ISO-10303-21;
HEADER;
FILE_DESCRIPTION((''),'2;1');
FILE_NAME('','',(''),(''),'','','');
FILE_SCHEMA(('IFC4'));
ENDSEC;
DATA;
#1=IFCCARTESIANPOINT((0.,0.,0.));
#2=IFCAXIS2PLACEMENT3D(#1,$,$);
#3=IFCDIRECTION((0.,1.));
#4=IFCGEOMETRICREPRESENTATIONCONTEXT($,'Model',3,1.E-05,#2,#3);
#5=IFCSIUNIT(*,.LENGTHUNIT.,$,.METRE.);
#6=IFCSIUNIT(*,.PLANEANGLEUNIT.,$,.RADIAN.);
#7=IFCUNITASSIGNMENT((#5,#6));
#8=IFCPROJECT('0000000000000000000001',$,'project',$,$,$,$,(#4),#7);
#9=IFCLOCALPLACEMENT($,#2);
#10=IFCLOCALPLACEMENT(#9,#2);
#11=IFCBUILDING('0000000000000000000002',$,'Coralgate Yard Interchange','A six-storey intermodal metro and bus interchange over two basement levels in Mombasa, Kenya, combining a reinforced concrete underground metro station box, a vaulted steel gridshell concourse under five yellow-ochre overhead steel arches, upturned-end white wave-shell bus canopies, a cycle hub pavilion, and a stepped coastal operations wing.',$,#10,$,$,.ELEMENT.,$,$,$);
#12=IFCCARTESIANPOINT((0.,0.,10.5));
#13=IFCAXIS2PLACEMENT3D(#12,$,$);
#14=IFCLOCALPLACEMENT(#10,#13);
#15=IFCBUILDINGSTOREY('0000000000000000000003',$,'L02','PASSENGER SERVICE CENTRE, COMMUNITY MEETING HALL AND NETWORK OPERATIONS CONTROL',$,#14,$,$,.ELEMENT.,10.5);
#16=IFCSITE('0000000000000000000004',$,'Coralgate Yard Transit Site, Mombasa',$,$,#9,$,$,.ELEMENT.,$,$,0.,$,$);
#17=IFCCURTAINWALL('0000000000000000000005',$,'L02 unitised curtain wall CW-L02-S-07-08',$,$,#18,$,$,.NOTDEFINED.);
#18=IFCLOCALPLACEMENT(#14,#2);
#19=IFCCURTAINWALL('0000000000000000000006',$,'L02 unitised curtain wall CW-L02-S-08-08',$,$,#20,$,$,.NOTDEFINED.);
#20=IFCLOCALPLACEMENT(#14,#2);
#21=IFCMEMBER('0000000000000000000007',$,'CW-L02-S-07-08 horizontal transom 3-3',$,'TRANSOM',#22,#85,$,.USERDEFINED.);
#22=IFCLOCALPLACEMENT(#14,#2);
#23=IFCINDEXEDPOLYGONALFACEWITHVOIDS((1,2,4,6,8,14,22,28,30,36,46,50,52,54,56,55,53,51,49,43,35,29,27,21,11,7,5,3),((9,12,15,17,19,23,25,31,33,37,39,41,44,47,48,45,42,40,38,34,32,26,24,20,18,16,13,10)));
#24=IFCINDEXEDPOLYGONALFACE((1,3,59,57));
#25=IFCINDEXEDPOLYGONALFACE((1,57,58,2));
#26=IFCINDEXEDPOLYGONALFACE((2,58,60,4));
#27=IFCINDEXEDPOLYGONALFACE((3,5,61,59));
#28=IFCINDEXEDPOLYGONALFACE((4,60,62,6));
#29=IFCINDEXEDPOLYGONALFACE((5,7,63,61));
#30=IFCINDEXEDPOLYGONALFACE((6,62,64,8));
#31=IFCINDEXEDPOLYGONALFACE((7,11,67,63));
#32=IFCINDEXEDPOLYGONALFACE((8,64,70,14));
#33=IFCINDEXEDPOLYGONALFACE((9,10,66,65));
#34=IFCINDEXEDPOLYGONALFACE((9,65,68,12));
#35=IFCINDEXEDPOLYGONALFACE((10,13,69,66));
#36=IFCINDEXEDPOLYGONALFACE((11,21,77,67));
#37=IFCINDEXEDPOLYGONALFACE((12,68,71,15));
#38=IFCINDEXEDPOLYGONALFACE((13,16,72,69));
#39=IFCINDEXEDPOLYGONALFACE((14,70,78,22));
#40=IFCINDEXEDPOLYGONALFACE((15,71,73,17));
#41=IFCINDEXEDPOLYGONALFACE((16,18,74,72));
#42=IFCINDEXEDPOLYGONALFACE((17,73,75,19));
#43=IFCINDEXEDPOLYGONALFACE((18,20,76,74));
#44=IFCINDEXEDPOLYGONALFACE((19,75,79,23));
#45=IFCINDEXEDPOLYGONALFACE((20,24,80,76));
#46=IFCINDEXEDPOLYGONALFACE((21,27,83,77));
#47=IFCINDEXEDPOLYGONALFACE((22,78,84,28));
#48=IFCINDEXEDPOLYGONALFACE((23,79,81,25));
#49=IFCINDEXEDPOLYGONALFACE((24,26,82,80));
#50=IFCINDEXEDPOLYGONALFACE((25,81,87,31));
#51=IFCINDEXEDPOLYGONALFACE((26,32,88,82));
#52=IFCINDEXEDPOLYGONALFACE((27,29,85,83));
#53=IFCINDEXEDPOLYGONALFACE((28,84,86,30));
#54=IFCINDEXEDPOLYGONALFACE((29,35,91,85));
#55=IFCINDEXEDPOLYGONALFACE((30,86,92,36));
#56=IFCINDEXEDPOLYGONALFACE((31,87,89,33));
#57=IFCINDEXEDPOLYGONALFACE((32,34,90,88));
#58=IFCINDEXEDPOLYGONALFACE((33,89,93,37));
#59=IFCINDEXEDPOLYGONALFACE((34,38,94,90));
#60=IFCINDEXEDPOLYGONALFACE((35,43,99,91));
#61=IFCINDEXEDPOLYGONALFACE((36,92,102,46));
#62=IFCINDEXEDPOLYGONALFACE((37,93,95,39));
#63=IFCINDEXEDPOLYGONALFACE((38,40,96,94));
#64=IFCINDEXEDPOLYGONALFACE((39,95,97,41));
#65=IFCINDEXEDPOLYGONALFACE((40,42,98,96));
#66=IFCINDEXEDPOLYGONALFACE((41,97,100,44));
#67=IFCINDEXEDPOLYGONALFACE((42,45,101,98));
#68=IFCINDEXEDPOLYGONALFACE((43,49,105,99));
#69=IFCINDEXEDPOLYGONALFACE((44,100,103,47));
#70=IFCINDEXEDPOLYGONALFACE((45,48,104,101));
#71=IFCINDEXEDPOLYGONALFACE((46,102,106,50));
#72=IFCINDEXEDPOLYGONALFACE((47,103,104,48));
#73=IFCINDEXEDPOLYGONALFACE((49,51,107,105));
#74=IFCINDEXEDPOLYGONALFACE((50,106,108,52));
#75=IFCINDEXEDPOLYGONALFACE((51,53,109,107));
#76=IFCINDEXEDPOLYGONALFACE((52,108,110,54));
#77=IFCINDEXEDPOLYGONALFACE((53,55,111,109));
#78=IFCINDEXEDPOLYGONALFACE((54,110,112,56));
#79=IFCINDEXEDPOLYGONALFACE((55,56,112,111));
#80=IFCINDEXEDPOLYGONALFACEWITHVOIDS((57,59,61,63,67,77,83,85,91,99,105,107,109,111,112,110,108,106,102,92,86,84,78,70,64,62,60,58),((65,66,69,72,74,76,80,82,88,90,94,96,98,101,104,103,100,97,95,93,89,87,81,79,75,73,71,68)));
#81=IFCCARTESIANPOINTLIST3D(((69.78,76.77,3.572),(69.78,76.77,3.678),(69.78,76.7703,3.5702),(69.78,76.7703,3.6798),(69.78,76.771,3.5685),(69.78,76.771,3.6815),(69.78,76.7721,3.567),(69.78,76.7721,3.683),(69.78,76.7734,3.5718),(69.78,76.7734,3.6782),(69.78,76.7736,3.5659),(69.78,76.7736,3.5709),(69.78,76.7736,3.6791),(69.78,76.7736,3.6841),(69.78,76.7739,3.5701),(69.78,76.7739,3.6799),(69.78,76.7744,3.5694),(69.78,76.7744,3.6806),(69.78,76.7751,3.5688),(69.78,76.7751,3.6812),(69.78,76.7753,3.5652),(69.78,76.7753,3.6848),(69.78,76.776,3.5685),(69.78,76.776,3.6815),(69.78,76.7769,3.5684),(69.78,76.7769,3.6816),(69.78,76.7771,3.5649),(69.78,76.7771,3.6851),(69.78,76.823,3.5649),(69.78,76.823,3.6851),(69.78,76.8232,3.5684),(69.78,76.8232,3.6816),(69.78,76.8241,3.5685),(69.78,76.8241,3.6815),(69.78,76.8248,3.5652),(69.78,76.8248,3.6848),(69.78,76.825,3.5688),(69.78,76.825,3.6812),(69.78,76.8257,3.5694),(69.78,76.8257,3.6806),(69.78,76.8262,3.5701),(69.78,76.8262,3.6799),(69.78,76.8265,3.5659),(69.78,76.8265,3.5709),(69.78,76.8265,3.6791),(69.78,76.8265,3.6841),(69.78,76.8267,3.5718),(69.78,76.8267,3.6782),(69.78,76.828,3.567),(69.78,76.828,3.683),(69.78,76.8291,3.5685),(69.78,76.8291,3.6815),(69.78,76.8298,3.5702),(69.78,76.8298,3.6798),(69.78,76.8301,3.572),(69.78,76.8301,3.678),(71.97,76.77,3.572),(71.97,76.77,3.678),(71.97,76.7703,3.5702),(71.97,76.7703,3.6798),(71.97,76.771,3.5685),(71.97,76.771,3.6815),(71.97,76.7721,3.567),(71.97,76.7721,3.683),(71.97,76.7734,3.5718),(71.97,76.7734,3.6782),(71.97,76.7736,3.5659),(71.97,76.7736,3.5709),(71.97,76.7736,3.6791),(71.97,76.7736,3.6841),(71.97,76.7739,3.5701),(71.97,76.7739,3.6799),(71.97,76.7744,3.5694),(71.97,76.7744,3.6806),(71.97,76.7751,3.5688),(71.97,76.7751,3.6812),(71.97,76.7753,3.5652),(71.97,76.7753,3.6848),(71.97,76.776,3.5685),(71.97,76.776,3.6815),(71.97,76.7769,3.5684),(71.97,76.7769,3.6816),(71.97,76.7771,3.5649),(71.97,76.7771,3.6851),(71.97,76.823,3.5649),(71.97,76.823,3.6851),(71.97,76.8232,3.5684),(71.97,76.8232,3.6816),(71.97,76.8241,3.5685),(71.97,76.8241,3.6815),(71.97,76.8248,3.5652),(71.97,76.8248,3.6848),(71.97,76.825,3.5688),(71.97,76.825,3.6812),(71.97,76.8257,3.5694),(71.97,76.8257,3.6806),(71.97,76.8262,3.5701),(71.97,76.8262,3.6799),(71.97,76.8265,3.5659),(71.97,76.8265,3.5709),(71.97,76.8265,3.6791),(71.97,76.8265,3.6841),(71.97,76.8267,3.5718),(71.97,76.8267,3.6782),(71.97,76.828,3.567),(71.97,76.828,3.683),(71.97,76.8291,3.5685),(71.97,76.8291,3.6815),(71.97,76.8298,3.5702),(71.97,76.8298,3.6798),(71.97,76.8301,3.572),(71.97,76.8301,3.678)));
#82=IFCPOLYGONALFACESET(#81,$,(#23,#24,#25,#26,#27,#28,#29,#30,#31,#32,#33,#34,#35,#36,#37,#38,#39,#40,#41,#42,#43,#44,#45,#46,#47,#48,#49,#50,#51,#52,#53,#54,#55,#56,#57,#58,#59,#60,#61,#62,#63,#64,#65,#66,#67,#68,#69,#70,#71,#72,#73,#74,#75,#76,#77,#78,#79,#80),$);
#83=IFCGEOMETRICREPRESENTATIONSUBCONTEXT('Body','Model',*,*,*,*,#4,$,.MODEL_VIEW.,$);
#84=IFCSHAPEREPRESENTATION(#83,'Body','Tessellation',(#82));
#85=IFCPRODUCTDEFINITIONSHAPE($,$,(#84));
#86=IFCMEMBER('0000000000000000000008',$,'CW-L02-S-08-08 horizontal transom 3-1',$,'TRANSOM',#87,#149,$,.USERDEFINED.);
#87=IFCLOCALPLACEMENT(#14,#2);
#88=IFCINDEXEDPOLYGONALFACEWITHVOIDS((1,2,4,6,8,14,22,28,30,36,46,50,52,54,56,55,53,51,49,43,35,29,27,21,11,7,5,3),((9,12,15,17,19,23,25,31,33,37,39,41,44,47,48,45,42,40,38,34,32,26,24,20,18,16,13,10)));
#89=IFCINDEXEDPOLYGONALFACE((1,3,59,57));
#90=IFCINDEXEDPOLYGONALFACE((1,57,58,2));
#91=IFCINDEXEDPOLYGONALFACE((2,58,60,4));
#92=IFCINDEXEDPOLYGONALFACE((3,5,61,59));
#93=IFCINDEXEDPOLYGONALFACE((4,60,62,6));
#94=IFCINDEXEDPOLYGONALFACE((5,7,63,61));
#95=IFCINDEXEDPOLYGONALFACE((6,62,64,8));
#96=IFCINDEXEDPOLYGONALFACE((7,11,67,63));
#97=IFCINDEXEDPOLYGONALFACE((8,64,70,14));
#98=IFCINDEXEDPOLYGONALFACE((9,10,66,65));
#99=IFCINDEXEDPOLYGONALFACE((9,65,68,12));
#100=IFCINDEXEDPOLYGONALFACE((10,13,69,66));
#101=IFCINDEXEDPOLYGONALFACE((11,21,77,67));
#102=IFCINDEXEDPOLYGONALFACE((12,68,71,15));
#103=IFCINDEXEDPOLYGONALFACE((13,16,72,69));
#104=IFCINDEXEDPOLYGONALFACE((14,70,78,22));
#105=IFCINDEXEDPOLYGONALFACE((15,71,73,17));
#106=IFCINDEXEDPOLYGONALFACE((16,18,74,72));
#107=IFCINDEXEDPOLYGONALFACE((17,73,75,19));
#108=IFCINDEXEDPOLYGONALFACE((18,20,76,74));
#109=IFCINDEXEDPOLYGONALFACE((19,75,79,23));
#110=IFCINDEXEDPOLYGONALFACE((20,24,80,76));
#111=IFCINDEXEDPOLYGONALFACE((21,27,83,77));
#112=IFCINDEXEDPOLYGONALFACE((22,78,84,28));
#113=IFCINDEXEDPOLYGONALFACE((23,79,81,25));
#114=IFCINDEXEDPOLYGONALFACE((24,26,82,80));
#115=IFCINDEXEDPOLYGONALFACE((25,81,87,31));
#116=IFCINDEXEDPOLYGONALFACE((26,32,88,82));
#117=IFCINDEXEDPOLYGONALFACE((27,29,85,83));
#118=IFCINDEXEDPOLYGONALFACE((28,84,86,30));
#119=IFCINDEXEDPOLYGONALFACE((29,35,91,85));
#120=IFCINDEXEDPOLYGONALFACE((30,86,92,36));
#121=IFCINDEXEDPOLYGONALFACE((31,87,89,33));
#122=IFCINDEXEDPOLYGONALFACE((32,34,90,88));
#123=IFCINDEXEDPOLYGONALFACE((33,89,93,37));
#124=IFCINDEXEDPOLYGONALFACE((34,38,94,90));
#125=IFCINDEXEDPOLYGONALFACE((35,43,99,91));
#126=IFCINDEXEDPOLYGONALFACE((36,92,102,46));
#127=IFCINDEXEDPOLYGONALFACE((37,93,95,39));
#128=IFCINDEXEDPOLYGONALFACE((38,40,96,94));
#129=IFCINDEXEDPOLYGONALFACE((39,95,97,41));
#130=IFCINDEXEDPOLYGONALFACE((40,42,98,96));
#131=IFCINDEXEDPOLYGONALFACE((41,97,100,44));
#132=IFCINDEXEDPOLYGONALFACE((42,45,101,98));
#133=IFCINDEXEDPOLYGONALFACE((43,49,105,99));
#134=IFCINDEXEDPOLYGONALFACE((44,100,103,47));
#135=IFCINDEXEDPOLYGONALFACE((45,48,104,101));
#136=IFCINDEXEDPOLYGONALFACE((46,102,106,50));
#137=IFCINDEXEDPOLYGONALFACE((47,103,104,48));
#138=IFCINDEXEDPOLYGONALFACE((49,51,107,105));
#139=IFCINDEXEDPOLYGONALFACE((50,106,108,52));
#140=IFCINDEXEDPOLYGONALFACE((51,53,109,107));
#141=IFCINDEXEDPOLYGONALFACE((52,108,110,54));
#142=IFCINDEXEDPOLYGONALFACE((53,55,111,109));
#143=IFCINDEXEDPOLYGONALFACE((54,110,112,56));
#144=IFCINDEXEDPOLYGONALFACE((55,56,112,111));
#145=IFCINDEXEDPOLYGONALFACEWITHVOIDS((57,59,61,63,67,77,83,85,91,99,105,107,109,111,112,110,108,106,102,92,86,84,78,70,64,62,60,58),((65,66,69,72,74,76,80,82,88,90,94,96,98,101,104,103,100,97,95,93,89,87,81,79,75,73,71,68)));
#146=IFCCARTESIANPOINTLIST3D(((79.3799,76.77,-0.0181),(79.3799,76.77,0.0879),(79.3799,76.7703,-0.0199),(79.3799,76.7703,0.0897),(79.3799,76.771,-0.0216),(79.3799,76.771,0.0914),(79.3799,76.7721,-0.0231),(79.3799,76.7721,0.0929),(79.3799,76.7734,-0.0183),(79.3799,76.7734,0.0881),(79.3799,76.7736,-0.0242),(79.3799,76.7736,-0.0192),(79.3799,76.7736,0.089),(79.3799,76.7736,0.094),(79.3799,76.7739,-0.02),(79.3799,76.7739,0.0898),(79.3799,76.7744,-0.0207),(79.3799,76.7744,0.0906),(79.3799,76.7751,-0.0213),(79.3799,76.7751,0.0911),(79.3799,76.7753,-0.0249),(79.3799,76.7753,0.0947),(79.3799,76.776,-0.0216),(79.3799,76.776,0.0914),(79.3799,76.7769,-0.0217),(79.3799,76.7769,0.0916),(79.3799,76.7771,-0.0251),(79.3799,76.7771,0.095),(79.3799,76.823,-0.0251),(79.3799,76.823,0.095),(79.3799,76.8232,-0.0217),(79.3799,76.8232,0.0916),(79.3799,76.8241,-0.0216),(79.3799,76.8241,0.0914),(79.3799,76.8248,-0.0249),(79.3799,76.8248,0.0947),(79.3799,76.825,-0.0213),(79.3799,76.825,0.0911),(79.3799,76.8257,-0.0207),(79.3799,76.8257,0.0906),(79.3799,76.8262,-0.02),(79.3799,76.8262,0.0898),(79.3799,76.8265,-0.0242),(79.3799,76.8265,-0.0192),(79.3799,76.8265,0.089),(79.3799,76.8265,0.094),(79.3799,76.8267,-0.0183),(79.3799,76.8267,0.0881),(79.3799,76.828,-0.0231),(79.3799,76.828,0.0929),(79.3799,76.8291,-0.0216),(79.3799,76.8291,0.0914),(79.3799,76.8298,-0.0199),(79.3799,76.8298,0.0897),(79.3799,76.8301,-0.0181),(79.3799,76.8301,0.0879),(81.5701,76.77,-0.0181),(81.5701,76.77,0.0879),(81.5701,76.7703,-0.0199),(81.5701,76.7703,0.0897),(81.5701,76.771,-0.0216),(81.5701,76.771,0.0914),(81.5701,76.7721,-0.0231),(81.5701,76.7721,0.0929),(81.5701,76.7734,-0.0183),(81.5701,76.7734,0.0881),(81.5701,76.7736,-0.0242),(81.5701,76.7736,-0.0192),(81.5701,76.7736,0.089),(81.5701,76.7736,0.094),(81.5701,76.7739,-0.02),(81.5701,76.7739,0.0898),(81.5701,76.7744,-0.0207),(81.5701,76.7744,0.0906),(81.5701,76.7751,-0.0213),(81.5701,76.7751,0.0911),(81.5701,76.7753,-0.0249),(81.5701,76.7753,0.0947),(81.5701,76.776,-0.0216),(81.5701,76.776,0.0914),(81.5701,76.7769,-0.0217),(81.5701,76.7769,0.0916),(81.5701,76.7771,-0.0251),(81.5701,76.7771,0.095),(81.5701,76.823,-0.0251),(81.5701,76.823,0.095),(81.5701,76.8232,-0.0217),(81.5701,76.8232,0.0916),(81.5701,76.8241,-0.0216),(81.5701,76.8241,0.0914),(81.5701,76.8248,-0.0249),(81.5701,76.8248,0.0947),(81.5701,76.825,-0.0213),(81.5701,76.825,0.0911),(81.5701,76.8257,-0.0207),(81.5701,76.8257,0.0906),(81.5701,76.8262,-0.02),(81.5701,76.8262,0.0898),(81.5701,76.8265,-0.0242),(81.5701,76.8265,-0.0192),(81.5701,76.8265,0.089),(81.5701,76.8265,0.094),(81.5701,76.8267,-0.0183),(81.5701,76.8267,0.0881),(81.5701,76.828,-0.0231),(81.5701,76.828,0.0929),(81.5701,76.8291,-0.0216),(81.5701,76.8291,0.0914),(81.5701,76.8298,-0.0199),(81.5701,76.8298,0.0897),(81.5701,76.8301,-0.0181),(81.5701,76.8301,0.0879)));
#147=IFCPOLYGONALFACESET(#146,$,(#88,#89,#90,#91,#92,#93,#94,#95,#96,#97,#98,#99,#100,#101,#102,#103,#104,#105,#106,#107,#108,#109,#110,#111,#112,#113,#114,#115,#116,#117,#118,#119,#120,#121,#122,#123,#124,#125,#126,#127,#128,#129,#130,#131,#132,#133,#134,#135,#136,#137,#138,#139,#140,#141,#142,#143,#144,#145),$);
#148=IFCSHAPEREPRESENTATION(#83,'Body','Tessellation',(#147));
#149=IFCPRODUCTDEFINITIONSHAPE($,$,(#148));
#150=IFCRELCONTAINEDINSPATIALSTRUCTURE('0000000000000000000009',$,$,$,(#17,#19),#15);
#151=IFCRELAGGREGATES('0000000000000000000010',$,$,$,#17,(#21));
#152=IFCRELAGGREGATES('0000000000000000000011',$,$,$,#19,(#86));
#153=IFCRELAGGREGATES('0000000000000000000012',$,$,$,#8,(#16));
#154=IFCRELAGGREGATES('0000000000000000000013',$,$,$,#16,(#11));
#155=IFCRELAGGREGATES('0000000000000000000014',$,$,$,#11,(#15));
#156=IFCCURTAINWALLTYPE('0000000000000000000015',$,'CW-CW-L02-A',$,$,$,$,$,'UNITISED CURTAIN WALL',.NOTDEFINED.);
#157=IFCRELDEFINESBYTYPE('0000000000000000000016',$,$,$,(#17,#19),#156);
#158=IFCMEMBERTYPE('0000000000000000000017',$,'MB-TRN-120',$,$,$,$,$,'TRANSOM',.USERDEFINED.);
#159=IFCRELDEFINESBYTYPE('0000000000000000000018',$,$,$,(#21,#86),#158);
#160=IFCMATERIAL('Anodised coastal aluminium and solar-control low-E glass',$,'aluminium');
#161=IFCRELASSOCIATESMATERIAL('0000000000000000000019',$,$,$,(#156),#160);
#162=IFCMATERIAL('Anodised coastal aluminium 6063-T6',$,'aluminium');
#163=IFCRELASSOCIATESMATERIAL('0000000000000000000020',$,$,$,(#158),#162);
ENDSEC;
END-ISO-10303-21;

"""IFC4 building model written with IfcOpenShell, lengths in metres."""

from ifc_helpers import new_model, si_unit, direction, frame, origin, origin_2d, place, context, subcontext, project, spatial, hollow_rectangle, extrude, material, material_profile, profile_set, type_object, element, aggregate, save


model = new_model("IFC4")

# Units and contexts
model_context = context("Model", 3, precision=1e-05, world=origin(), true_north=direction((0.0, 1.0)))
body_context = subcontext(model_context, "Body", "Model", "MODEL_VIEW")
ifc_project = project(units=[si_unit("LENGTHUNIT", "METRE"), si_unit("PLANEANGLEUNIT", "RADIAN")], contexts=[model_context])

# Site, building, storey
site_placement = place(None, origin())
site = spatial("IfcSite", under=ifc_project, at=site_placement, Name="Coralgate Yard Transit Site, Mombasa", CompositionType="ELEMENT", RefElevation=0.0)
building_placement = place(site_placement, origin())
building = spatial("IfcBuilding", under=site, at=building_placement, Name="Coralgate Yard Interchange", Description="A six-storey intermodal metro and bus interchange over two basement levels in Mombasa, Kenya, combining a reinforced concrete underground metro station box, a vaulted steel gridshell concourse under five yellow-ochre overhead steel arches, upturned-end white wave-shell bus canopies, a cycle hub pavilion, and a stepped coastal operations wing.", CompositionType="ELEMENT")
storey_placement = place(building_placement, frame((0.0, 0.0, 10.5)))
storey = spatial("IfcBuildingStorey", under=building, at=storey_placement, Name="L02", Description="PASSENGER SERVICE CENTRE, COMMUNITY MEETING HALL AND NETWORK OPERATIONS CONTROL", CompositionType="ELEMENT", Elevation=10.5)

# Curtain walls
ifc_material_1 = material(Name="Anodised coastal aluminium and solar-control low-E glass", Category="aluminium")
curtain_wall_type = type_object("IfcCurtainWallType", Name="CW-CW-L02-A", ElementType="UNITISED CURTAIN WALL", PredefinedType="NOTDEFINED", material=ifc_material_1)
curtain_wall_1_placement = place(storey_placement, origin())
curtain_wall_1 = element("IfcCurtainWall", 1, at=curtain_wall_1_placement, inside=storey, type_object=curtain_wall_type, Name="L02 unitised curtain wall CW-L02-S-07-08", PredefinedType="NOTDEFINED")
ifc_material_2 = material(Name="Anodised coastal aluminium 6063-T6", Category="aluminium")
curtain_wall_2_placement = place(storey_placement, origin())
curtain_wall_2 = element("IfcCurtainWall", 2, at=curtain_wall_2_placement, inside=storey, type_object=curtain_wall_type, Name="L02 unitised curtain wall CW-L02-S-08-08", PredefinedType="NOTDEFINED")

# Members
ifc_material_profile_1 = material_profile(ifc_material_2, hollow_rectangle(XDim=0.0601, YDim=0.1201, WallThickness=0.0034, InnerFilletRadius=0.0034, OuterFilletRadius=0.0071, at=origin_2d()), Name="ALU 60x120x3.5")
ifc_profile_set_1 = profile_set([ifc_material_profile_1], Name="Anodised coastal aluminium 6063-T6")
member_type_1 = type_object("IfcMemberType", Name="MB-TRN-120", ElementType="TRANSOM", PredefinedType="USERDEFINED", material=ifc_profile_set_1)
member_1_placement = place(storey_placement, frame((71.97, 76.8, 3.625), z_axis=(-1.0, 0.0, 0.0), x_axis=(0.0, -1.0, 0.0)))
member_1 = element("IfcMember", 3, at=member_1_placement, type_object=member_type_1, Name="CW-L02-S-07-08 horizontal transom 3-3", ObjectType="TRANSOM", PredefinedType="USERDEFINED", context=body_context, shape_type="SweptSolid", body=[
    extrude(hollow_rectangle(XDim=0.0601, YDim=0.1201, WallThickness=0.0034, InnerFilletRadius=0.0034, OuterFilletRadius=0.0071, at=origin_2d()), origin(), (0.0, 0.0, 1.0), 2.1899),
])
member_2_placement = place(storey_placement, frame((81.5701, 76.8, 0.0349), z_axis=(-1.0, 0.0, 0.0), x_axis=(0.0, -1.0, 0.0)))
member_2 = element("IfcMember", 4, at=member_2_placement, type_object=member_type_1, Name="CW-L02-S-08-08 horizontal transom 3-1", ObjectType="TRANSOM", PredefinedType="USERDEFINED", context=body_context, shape_type="SweptSolid", body=[
    extrude(hollow_rectangle(XDim=0.0601, YDim=0.1201, WallThickness=0.0034, InnerFilletRadius=0.0034, OuterFilletRadius=0.0071, at=origin_2d()), origin(), (0.0, 0.0, 1.0), 2.1902),
])

aggregate(curtain_wall_1, [member_1])
aggregate(curtain_wall_2, [member_2])

save(model, "model.ifc")
